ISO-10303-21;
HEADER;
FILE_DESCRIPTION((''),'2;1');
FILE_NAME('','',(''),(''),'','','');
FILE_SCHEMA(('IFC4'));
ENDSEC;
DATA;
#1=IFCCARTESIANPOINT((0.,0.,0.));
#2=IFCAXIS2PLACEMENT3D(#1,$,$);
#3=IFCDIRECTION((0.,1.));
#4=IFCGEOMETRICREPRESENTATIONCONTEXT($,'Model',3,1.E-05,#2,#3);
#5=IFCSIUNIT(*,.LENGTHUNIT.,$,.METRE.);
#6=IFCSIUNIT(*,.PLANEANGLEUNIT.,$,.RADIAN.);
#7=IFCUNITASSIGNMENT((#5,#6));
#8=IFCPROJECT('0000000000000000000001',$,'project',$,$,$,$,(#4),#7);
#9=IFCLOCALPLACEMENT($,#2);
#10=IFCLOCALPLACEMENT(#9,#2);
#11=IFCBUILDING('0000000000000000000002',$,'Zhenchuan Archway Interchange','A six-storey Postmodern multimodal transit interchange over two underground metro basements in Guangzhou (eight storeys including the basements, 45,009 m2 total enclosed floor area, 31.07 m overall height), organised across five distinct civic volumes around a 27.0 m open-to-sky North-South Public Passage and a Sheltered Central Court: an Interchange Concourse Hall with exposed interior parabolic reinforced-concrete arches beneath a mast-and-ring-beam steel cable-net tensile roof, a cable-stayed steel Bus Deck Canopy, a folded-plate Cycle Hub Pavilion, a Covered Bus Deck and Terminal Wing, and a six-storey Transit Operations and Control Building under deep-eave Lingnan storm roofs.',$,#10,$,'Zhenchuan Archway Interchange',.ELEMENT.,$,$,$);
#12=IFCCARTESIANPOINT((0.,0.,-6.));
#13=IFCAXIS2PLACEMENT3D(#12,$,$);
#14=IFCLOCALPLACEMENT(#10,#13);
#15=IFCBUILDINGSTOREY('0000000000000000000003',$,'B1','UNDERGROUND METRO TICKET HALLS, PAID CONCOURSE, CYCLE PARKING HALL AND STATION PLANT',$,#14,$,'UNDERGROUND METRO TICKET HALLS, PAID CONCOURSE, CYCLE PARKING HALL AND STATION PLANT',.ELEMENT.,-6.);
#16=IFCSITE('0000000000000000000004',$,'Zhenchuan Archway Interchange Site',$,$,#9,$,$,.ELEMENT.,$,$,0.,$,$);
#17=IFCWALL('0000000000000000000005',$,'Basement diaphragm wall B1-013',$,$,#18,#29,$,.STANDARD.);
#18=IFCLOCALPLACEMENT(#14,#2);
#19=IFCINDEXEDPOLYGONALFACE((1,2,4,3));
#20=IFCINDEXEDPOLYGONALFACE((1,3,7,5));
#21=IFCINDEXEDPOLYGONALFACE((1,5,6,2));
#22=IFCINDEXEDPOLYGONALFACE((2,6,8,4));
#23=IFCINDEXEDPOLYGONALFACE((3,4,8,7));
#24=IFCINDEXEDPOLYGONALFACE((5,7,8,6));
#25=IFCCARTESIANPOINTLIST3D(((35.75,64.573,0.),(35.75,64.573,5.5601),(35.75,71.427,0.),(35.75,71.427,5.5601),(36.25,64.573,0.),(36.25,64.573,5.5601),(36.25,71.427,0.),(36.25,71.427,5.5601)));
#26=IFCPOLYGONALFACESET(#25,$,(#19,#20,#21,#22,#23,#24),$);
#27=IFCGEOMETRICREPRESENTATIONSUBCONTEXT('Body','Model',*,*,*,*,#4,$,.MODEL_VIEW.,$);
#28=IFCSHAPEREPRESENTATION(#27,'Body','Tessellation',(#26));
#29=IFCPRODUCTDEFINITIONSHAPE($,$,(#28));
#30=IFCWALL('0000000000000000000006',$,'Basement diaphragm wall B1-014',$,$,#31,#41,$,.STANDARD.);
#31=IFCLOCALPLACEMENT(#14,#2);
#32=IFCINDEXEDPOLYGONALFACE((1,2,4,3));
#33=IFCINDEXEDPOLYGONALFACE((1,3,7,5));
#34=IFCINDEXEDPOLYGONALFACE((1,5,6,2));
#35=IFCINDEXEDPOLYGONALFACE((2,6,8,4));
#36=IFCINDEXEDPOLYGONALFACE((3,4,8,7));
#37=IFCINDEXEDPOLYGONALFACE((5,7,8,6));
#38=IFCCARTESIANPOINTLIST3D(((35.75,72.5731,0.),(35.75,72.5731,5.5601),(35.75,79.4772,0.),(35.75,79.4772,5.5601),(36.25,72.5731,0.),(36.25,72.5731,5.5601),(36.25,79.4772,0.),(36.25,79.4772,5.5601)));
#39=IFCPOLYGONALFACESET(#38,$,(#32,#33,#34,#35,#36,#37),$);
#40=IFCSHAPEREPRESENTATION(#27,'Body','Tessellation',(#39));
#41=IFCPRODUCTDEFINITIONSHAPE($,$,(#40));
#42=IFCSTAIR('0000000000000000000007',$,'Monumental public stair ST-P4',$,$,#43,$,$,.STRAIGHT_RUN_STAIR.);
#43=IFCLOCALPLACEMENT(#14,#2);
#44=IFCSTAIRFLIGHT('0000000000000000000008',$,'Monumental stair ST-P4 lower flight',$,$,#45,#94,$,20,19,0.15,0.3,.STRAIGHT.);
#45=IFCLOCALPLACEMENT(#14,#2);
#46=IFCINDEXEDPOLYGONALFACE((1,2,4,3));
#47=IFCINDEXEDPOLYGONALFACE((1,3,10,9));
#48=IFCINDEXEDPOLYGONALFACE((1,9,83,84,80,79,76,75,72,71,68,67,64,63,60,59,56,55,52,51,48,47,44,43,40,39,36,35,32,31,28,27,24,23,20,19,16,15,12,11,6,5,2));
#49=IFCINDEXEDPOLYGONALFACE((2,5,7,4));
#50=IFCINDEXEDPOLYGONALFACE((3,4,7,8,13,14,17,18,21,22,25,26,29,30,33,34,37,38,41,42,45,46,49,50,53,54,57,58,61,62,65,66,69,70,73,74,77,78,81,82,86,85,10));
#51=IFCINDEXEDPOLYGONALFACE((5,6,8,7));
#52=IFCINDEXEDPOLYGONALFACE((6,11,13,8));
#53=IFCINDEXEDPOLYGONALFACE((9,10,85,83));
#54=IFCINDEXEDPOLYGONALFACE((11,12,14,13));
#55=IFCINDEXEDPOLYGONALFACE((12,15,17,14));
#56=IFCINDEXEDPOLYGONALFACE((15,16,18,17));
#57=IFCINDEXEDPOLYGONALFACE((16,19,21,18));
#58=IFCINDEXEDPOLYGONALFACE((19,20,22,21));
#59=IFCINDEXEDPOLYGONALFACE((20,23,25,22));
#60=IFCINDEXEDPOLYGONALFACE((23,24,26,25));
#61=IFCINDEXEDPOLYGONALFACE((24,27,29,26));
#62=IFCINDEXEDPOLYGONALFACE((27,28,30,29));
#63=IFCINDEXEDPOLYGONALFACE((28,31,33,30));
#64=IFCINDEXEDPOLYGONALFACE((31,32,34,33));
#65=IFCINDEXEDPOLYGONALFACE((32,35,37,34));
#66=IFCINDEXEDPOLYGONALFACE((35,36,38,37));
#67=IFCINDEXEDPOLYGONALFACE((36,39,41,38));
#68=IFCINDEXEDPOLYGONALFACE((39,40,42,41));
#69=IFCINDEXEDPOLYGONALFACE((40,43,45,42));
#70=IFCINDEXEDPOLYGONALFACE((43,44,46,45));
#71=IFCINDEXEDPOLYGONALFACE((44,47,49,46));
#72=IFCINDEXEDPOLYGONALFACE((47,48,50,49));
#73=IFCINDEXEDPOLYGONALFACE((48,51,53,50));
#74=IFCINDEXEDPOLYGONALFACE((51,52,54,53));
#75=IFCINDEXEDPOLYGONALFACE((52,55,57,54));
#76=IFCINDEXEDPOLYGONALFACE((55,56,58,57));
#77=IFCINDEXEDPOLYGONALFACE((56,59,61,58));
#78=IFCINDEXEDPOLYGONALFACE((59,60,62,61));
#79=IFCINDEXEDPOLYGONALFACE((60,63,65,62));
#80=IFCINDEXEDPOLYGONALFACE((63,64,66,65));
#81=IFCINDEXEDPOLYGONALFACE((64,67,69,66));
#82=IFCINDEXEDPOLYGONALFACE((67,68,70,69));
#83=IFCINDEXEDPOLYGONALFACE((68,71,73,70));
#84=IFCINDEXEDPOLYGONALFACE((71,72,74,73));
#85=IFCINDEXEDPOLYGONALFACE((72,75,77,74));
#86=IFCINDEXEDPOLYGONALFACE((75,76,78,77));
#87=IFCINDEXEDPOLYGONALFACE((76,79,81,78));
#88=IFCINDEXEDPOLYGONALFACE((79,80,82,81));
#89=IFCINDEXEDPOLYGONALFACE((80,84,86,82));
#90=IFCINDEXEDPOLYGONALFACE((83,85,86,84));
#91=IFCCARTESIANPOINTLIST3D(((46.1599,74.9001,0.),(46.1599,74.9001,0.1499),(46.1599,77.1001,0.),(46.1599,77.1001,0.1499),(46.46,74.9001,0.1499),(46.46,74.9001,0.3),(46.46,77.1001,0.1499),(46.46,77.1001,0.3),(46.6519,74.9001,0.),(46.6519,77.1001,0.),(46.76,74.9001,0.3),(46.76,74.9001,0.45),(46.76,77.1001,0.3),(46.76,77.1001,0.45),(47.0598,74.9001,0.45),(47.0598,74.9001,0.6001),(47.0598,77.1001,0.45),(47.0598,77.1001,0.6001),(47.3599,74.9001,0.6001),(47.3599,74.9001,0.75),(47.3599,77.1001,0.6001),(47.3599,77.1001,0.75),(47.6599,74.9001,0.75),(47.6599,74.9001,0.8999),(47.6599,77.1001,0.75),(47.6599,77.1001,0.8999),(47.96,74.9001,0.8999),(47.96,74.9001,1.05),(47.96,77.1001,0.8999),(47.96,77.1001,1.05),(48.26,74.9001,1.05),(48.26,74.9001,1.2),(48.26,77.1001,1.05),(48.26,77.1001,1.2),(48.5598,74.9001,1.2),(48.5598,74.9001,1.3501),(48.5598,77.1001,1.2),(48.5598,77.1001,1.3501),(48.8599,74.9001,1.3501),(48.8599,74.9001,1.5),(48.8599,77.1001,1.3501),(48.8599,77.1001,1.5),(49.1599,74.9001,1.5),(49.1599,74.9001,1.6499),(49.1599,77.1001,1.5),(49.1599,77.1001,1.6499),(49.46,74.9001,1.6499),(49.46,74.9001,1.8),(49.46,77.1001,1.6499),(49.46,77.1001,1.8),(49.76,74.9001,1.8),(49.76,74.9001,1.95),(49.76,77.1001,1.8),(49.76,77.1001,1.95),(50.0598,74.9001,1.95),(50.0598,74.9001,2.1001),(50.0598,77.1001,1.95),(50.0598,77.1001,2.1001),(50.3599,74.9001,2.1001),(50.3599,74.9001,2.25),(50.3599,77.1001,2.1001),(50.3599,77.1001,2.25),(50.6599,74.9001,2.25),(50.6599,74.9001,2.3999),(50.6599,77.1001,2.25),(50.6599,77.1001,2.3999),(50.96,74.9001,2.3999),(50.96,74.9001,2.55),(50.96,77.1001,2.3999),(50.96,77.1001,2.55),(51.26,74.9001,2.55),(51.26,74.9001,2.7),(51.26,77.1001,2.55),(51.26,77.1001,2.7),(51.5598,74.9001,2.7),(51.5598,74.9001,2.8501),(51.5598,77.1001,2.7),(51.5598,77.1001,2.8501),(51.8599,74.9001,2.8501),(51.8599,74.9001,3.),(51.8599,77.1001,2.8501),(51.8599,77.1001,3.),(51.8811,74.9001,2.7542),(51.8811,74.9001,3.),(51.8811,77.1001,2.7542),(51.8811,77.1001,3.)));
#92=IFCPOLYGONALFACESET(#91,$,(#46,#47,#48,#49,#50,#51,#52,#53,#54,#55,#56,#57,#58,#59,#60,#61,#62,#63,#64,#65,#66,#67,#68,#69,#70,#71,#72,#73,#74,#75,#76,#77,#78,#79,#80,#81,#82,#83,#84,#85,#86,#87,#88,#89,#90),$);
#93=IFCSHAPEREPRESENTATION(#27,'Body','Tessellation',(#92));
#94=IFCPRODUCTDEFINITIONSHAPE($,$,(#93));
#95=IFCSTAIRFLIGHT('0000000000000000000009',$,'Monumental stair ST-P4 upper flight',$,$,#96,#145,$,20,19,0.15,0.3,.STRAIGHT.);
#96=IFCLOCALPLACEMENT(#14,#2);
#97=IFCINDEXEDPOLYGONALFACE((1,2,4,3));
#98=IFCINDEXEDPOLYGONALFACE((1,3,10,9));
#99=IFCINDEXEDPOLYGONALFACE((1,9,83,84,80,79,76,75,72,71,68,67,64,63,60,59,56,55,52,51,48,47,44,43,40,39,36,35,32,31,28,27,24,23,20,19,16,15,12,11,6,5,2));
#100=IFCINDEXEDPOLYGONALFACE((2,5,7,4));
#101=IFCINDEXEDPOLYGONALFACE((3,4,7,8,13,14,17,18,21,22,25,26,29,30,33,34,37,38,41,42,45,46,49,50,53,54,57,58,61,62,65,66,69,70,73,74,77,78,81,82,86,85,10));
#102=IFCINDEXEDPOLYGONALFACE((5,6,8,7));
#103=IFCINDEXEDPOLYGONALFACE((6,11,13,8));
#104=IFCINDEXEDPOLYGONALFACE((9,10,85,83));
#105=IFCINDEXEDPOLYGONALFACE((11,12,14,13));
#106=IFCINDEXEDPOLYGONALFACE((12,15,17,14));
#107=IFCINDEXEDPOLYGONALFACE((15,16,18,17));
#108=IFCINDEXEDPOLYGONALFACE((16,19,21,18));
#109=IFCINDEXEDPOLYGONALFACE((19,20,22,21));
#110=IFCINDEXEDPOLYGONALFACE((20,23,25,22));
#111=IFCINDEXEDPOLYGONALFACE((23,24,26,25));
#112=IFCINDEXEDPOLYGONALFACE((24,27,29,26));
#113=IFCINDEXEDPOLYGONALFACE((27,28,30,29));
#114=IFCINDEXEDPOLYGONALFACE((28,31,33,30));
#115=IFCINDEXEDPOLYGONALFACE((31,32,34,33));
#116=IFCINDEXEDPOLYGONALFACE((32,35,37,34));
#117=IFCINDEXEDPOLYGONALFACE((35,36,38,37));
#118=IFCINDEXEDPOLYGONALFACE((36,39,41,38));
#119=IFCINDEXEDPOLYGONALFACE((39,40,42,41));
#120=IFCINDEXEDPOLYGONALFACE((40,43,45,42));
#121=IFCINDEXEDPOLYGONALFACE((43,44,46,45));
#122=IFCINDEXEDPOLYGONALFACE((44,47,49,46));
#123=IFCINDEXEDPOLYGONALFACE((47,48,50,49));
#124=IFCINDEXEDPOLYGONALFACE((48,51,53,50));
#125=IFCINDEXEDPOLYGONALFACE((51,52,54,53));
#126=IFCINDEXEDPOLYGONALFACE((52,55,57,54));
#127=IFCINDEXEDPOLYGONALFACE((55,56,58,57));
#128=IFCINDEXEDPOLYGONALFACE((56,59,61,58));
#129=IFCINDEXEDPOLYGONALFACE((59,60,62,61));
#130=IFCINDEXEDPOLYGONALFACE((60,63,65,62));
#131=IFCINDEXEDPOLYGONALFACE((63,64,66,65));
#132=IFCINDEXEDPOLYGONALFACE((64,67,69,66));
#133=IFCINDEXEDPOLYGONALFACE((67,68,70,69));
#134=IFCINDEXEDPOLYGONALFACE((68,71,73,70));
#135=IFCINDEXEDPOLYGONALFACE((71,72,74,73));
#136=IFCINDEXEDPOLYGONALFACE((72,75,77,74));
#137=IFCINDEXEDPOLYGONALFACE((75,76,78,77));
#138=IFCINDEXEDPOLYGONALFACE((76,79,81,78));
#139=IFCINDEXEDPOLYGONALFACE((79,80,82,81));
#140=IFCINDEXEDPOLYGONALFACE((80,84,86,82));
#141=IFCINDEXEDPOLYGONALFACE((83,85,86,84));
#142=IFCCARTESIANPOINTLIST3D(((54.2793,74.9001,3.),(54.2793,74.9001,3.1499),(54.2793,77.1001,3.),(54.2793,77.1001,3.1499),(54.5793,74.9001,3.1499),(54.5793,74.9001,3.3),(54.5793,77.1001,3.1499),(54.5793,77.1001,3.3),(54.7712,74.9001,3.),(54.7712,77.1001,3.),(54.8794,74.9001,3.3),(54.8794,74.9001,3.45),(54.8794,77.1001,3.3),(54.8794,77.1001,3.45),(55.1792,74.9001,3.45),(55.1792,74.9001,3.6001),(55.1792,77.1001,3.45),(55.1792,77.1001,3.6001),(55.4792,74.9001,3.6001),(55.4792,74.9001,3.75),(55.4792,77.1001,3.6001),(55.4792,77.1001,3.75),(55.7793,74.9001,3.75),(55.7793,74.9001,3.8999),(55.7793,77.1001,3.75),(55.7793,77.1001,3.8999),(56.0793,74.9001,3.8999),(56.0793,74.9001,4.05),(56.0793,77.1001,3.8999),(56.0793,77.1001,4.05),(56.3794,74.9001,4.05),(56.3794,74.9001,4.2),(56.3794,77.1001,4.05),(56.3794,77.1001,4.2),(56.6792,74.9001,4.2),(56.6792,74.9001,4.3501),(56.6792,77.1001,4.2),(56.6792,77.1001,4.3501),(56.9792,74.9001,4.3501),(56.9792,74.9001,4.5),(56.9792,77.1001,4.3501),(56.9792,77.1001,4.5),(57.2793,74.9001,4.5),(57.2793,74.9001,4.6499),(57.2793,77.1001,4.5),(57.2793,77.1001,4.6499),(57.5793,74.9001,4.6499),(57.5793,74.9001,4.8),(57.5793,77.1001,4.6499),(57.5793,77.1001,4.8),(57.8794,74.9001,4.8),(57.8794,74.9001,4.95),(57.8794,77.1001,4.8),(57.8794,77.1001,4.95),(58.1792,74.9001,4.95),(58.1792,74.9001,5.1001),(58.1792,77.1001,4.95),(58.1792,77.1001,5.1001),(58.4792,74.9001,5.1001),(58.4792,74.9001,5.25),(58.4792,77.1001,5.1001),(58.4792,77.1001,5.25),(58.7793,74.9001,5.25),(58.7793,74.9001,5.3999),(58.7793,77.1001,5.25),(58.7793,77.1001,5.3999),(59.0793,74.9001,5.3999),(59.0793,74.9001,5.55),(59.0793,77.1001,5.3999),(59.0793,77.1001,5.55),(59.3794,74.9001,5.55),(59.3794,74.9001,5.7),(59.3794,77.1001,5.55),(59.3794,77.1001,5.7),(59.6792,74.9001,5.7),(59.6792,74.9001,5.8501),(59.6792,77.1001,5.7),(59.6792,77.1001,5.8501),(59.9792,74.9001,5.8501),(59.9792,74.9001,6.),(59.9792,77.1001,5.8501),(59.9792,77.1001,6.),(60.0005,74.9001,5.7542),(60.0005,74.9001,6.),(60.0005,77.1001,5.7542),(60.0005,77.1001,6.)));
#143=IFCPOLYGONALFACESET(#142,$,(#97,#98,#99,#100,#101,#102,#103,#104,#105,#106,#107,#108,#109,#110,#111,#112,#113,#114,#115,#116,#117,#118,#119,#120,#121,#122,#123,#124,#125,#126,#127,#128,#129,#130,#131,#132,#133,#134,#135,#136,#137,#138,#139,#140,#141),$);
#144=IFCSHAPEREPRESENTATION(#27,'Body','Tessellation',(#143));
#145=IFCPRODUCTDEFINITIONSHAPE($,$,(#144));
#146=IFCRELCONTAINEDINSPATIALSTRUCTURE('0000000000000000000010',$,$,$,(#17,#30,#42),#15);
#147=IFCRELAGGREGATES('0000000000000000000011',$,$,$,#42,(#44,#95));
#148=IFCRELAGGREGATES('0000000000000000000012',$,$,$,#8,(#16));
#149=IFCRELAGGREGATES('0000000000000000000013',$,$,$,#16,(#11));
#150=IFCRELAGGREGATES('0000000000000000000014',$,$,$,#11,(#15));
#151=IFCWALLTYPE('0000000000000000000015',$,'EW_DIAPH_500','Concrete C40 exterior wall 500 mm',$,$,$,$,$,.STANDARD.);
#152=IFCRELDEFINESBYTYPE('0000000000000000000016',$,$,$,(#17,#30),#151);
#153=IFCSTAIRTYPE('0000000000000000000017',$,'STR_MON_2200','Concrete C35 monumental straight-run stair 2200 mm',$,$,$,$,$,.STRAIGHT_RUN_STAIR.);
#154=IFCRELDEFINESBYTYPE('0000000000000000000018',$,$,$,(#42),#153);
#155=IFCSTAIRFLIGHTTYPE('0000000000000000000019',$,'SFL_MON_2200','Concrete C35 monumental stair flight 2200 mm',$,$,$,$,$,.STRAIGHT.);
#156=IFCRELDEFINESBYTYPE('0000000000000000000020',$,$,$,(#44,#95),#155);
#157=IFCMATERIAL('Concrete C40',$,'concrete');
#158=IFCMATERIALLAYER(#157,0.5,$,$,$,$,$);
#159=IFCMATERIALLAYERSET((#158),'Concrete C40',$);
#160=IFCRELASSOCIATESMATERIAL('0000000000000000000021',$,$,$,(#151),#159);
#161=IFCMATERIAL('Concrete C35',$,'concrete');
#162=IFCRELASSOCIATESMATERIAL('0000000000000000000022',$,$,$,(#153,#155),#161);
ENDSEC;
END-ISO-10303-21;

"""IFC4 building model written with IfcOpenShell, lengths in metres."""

from ifc_helpers import new_model, si_unit, direction, frame, frame_2d, origin, place, context, subcontext, project, spatial, polyline, rectangle, outline, extrude, material, layer, layer_set, type_object, element, aggregate, save


model = new_model("IFC4")

# Units and contexts
model_context = context("Model", 3, precision=1e-05, world=origin(), true_north=direction((0.0, 1.0)))
body_context = subcontext(model_context, "Body", "Model", "MODEL_VIEW")
ifc_project = project(units=[si_unit("LENGTHUNIT", "METRE"), si_unit("PLANEANGLEUNIT", "RADIAN")], contexts=[model_context])

# Site, building, storey
site_placement = place(None, origin())
site = spatial("IfcSite", under=ifc_project, at=site_placement, Name="Zhenchuan Archway Interchange Site", CompositionType="ELEMENT", RefElevation=0.0)
building_placement = place(site_placement, origin())
building = spatial("IfcBuilding", under=site, at=building_placement, Name="Zhenchuan Archway Interchange", Description="A six-storey Postmodern multimodal transit interchange over two underground metro basements in Guangzhou (eight storeys including the basements, 45,009 m2 total enclosed floor area, 31.07 m overall height), organised across five distinct civic volumes around a 27.0 m open-to-sky North-South Public Passage and a Sheltered Central Court: an Interchange Concourse Hall with exposed interior parabolic reinforced-concrete arches beneath a mast-and-ring-beam steel cable-net tensile roof, a cable-stayed steel Bus Deck Canopy, a folded-plate Cycle Hub Pavilion, a Covered Bus Deck and Terminal Wing, and a six-storey Transit Operations and Control Building under deep-eave Lingnan storm roofs.", LongName="Zhenchuan Archway Interchange", CompositionType="ELEMENT")
storey_placement = place(building_placement, frame((0.0, 0.0, -6.0)))
storey = spatial("IfcBuildingStorey", under=building, at=storey_placement, Name="B1", Description="UNDERGROUND METRO TICKET HALLS, PAID CONCOURSE, CYCLE PARKING HALL AND STATION PLANT", LongName="UNDERGROUND METRO TICKET HALLS, PAID CONCOURSE, CYCLE PARKING HALL AND STATION PLANT", CompositionType="ELEMENT", Elevation=-6.0)

# Shared definitions
ifc_material_1 = material(Name="Concrete C40", Category="concrete")

# Walls
ifc_layer = layer(ifc_material_1, 0.5)
ifc_layer_set = layer_set([ifc_layer], Name="Concrete C40")
wall_type = type_object("IfcWallType", Name="EW_DIAPH_500", Description="Concrete C40 exterior wall 500 mm", PredefinedType="STANDARD", material=ifc_layer_set)
wall_1_placement = place(storey_placement, frame((36.0, 64.573, 0.0), z_axis=(0.0, 0.0, 1.0), x_axis=(0.0, 1.0, 0.0)))
element("IfcWall", 1, at=wall_1_placement, inside=storey, type_object=wall_type, Name="Basement diaphragm wall B1-013", PredefinedType="STANDARD", context=body_context, shape_type="SweptSolid", body=[
    extrude(rectangle(XDim=6.854, YDim=0.5, at=frame_2d((3.427, 0.0))), origin(), (0.0, 0.0, 1.0), 5.5601),
])
wall_2_placement = place(storey_placement, frame((36.0, 72.573, 0.0), z_axis=(0.0, 0.0, 1.0), x_axis=(0.0, 1.0, 0.0)))
element("IfcWall", 2, at=wall_2_placement, inside=storey, type_object=wall_type, Name="Basement diaphragm wall B1-014", PredefinedType="STANDARD", context=body_context, shape_type="SweptSolid", body=[
    extrude(rectangle(XDim=6.9041, YDim=0.5, at=frame_2d((3.4521, 0.0))), origin(), (0.0, 0.0, 1.0), 5.5601),
])

# Stair, stair flights
ifc_material_2 = material(Name="Concrete C35", Category="concrete")
stair_type = type_object("IfcStairType", Name="STR_MON_2200", Description="Concrete C35 monumental straight-run stair 2200 mm", PredefinedType="STRAIGHT_RUN_STAIR", material=ifc_material_2)
stair_placement = place(storey_placement, origin())
stair = element("IfcStair", 3, at=stair_placement, inside=storey, type_object=stair_type, Name="Monumental public stair ST-P4", PredefinedType="STRAIGHT_RUN_STAIR")
stair_flight_type = type_object("IfcStairFlightType", Name="SFL_MON_2200", Description="Concrete C35 monumental stair flight 2200 mm", PredefinedType="STRAIGHT", material=ifc_material_2)
stair_flight_1_placement = place(storey_placement, frame((46.1599, 76.0, 0.0), z_axis=(0.0, 0.0, 1.0), x_axis=(1.0, 0.0, 0.0)))
stair_flight_1 = element("IfcStairFlight", 4, at=stair_flight_1_placement, type_object=stair_flight_type, Name="Monumental stair ST-P4 lower flight", NumberOfRisers=20, NumberOfTreads=19, PredefinedType="STRAIGHT", RiserHeight=0.15, TreadLength=0.3, context=body_context, shape_type="SweptSolid", body=[
    extrude(outline(polyline([(0.0, 0.0), (0.0, 0.1499), (0.3, 0.1499), (0.3, 0.3), (0.6001, 0.3), (0.6001, 0.45), (0.8999, 0.45), (0.8999, 0.6001), (1.2, 0.6001), (1.2, 0.75), (1.5, 0.75), (1.5, 0.8999), (1.8, 0.8999), (1.8, 1.05), (2.1001, 1.05), (2.1001, 1.2), (2.3999, 1.2), (2.3999, 1.3501), (2.7, 1.3501), (2.7, 1.5), (3.0, 1.5), (3.0, 1.6499), (3.3, 1.6499), (3.3, 1.8), (3.6001, 1.8), (3.6001, 1.95), (3.8999, 1.95), (3.8999, 2.1001), (4.2, 2.1001), (4.2, 2.25), (4.5, 2.25), (4.5, 2.3999), (4.8, 2.3999), (4.8, 2.55), (5.1001, 2.55), (5.1001, 2.7), (5.3999, 2.7), (5.3999, 2.8501), (5.7, 2.8501), (5.7, 3.0), (5.7212, 3.0), (5.7212, 2.7542), (0.4919, 0.0), (0.0, 0.0)])), frame((0.0, 1.1001, 0.0), z_axis=(0.0, -1.0, 0.0), x_axis=(1.0, 0.0, 0.0)), (0.0, 0.0, 1.0), 2.2),
])
stair_flight_2_placement = place(storey_placement, frame((54.2793, 76.0, 3.0), z_axis=(0.0, 0.0, 1.0), x_axis=(1.0, 0.0, 0.0)))
stair_flight_2 = element("IfcStairFlight", 5, at=stair_flight_2_placement, type_object=stair_flight_type, Name="Monumental stair ST-P4 upper flight", NumberOfRisers=20, NumberOfTreads=19, PredefinedType="STRAIGHT", RiserHeight=0.15, TreadLength=0.3, context=body_context, shape_type="SweptSolid", body=[
    extrude(outline(polyline([(0.0, 0.0), (0.0, 0.1499), (0.3, 0.1499), (0.3, 0.3), (0.6001, 0.3), (0.6001, 0.45), (0.8999, 0.45), (0.8999, 0.6001), (1.2, 0.6001), (1.2, 0.75), (1.5, 0.75), (1.5, 0.8999), (1.8, 0.8999), (1.8, 1.05), (2.1001, 1.05), (2.1001, 1.2), (2.3999, 1.2), (2.3999, 1.3501), (2.7, 1.3501), (2.7, 1.5), (3.0, 1.5), (3.0, 1.6499), (3.3, 1.6499), (3.3, 1.8), (3.6001, 1.8), (3.6001, 1.95), (3.8999, 1.95), (3.8999, 2.1001), (4.2, 2.1001), (4.2, 2.25), (4.5, 2.25), (4.5, 2.3999), (4.8, 2.3999), (4.8, 2.55), (5.1001, 2.55), (5.1001, 2.7), (5.3999, 2.7), (5.3999, 2.8501), (5.7, 2.8501), (5.7, 3.0), (5.7212, 3.0), (5.7212, 2.7542), (0.4919, 0.0), (0.0, 0.0)])), frame((0.0, 1.1001, 0.0), z_axis=(0.0, -1.0, 0.0), x_axis=(1.0, 0.0, 0.0)), (0.0, 0.0, 1.0), 2.2),
])
aggregate(stair, [stair_flight_1, stair_flight_2])

save(model, "model.ifc")
